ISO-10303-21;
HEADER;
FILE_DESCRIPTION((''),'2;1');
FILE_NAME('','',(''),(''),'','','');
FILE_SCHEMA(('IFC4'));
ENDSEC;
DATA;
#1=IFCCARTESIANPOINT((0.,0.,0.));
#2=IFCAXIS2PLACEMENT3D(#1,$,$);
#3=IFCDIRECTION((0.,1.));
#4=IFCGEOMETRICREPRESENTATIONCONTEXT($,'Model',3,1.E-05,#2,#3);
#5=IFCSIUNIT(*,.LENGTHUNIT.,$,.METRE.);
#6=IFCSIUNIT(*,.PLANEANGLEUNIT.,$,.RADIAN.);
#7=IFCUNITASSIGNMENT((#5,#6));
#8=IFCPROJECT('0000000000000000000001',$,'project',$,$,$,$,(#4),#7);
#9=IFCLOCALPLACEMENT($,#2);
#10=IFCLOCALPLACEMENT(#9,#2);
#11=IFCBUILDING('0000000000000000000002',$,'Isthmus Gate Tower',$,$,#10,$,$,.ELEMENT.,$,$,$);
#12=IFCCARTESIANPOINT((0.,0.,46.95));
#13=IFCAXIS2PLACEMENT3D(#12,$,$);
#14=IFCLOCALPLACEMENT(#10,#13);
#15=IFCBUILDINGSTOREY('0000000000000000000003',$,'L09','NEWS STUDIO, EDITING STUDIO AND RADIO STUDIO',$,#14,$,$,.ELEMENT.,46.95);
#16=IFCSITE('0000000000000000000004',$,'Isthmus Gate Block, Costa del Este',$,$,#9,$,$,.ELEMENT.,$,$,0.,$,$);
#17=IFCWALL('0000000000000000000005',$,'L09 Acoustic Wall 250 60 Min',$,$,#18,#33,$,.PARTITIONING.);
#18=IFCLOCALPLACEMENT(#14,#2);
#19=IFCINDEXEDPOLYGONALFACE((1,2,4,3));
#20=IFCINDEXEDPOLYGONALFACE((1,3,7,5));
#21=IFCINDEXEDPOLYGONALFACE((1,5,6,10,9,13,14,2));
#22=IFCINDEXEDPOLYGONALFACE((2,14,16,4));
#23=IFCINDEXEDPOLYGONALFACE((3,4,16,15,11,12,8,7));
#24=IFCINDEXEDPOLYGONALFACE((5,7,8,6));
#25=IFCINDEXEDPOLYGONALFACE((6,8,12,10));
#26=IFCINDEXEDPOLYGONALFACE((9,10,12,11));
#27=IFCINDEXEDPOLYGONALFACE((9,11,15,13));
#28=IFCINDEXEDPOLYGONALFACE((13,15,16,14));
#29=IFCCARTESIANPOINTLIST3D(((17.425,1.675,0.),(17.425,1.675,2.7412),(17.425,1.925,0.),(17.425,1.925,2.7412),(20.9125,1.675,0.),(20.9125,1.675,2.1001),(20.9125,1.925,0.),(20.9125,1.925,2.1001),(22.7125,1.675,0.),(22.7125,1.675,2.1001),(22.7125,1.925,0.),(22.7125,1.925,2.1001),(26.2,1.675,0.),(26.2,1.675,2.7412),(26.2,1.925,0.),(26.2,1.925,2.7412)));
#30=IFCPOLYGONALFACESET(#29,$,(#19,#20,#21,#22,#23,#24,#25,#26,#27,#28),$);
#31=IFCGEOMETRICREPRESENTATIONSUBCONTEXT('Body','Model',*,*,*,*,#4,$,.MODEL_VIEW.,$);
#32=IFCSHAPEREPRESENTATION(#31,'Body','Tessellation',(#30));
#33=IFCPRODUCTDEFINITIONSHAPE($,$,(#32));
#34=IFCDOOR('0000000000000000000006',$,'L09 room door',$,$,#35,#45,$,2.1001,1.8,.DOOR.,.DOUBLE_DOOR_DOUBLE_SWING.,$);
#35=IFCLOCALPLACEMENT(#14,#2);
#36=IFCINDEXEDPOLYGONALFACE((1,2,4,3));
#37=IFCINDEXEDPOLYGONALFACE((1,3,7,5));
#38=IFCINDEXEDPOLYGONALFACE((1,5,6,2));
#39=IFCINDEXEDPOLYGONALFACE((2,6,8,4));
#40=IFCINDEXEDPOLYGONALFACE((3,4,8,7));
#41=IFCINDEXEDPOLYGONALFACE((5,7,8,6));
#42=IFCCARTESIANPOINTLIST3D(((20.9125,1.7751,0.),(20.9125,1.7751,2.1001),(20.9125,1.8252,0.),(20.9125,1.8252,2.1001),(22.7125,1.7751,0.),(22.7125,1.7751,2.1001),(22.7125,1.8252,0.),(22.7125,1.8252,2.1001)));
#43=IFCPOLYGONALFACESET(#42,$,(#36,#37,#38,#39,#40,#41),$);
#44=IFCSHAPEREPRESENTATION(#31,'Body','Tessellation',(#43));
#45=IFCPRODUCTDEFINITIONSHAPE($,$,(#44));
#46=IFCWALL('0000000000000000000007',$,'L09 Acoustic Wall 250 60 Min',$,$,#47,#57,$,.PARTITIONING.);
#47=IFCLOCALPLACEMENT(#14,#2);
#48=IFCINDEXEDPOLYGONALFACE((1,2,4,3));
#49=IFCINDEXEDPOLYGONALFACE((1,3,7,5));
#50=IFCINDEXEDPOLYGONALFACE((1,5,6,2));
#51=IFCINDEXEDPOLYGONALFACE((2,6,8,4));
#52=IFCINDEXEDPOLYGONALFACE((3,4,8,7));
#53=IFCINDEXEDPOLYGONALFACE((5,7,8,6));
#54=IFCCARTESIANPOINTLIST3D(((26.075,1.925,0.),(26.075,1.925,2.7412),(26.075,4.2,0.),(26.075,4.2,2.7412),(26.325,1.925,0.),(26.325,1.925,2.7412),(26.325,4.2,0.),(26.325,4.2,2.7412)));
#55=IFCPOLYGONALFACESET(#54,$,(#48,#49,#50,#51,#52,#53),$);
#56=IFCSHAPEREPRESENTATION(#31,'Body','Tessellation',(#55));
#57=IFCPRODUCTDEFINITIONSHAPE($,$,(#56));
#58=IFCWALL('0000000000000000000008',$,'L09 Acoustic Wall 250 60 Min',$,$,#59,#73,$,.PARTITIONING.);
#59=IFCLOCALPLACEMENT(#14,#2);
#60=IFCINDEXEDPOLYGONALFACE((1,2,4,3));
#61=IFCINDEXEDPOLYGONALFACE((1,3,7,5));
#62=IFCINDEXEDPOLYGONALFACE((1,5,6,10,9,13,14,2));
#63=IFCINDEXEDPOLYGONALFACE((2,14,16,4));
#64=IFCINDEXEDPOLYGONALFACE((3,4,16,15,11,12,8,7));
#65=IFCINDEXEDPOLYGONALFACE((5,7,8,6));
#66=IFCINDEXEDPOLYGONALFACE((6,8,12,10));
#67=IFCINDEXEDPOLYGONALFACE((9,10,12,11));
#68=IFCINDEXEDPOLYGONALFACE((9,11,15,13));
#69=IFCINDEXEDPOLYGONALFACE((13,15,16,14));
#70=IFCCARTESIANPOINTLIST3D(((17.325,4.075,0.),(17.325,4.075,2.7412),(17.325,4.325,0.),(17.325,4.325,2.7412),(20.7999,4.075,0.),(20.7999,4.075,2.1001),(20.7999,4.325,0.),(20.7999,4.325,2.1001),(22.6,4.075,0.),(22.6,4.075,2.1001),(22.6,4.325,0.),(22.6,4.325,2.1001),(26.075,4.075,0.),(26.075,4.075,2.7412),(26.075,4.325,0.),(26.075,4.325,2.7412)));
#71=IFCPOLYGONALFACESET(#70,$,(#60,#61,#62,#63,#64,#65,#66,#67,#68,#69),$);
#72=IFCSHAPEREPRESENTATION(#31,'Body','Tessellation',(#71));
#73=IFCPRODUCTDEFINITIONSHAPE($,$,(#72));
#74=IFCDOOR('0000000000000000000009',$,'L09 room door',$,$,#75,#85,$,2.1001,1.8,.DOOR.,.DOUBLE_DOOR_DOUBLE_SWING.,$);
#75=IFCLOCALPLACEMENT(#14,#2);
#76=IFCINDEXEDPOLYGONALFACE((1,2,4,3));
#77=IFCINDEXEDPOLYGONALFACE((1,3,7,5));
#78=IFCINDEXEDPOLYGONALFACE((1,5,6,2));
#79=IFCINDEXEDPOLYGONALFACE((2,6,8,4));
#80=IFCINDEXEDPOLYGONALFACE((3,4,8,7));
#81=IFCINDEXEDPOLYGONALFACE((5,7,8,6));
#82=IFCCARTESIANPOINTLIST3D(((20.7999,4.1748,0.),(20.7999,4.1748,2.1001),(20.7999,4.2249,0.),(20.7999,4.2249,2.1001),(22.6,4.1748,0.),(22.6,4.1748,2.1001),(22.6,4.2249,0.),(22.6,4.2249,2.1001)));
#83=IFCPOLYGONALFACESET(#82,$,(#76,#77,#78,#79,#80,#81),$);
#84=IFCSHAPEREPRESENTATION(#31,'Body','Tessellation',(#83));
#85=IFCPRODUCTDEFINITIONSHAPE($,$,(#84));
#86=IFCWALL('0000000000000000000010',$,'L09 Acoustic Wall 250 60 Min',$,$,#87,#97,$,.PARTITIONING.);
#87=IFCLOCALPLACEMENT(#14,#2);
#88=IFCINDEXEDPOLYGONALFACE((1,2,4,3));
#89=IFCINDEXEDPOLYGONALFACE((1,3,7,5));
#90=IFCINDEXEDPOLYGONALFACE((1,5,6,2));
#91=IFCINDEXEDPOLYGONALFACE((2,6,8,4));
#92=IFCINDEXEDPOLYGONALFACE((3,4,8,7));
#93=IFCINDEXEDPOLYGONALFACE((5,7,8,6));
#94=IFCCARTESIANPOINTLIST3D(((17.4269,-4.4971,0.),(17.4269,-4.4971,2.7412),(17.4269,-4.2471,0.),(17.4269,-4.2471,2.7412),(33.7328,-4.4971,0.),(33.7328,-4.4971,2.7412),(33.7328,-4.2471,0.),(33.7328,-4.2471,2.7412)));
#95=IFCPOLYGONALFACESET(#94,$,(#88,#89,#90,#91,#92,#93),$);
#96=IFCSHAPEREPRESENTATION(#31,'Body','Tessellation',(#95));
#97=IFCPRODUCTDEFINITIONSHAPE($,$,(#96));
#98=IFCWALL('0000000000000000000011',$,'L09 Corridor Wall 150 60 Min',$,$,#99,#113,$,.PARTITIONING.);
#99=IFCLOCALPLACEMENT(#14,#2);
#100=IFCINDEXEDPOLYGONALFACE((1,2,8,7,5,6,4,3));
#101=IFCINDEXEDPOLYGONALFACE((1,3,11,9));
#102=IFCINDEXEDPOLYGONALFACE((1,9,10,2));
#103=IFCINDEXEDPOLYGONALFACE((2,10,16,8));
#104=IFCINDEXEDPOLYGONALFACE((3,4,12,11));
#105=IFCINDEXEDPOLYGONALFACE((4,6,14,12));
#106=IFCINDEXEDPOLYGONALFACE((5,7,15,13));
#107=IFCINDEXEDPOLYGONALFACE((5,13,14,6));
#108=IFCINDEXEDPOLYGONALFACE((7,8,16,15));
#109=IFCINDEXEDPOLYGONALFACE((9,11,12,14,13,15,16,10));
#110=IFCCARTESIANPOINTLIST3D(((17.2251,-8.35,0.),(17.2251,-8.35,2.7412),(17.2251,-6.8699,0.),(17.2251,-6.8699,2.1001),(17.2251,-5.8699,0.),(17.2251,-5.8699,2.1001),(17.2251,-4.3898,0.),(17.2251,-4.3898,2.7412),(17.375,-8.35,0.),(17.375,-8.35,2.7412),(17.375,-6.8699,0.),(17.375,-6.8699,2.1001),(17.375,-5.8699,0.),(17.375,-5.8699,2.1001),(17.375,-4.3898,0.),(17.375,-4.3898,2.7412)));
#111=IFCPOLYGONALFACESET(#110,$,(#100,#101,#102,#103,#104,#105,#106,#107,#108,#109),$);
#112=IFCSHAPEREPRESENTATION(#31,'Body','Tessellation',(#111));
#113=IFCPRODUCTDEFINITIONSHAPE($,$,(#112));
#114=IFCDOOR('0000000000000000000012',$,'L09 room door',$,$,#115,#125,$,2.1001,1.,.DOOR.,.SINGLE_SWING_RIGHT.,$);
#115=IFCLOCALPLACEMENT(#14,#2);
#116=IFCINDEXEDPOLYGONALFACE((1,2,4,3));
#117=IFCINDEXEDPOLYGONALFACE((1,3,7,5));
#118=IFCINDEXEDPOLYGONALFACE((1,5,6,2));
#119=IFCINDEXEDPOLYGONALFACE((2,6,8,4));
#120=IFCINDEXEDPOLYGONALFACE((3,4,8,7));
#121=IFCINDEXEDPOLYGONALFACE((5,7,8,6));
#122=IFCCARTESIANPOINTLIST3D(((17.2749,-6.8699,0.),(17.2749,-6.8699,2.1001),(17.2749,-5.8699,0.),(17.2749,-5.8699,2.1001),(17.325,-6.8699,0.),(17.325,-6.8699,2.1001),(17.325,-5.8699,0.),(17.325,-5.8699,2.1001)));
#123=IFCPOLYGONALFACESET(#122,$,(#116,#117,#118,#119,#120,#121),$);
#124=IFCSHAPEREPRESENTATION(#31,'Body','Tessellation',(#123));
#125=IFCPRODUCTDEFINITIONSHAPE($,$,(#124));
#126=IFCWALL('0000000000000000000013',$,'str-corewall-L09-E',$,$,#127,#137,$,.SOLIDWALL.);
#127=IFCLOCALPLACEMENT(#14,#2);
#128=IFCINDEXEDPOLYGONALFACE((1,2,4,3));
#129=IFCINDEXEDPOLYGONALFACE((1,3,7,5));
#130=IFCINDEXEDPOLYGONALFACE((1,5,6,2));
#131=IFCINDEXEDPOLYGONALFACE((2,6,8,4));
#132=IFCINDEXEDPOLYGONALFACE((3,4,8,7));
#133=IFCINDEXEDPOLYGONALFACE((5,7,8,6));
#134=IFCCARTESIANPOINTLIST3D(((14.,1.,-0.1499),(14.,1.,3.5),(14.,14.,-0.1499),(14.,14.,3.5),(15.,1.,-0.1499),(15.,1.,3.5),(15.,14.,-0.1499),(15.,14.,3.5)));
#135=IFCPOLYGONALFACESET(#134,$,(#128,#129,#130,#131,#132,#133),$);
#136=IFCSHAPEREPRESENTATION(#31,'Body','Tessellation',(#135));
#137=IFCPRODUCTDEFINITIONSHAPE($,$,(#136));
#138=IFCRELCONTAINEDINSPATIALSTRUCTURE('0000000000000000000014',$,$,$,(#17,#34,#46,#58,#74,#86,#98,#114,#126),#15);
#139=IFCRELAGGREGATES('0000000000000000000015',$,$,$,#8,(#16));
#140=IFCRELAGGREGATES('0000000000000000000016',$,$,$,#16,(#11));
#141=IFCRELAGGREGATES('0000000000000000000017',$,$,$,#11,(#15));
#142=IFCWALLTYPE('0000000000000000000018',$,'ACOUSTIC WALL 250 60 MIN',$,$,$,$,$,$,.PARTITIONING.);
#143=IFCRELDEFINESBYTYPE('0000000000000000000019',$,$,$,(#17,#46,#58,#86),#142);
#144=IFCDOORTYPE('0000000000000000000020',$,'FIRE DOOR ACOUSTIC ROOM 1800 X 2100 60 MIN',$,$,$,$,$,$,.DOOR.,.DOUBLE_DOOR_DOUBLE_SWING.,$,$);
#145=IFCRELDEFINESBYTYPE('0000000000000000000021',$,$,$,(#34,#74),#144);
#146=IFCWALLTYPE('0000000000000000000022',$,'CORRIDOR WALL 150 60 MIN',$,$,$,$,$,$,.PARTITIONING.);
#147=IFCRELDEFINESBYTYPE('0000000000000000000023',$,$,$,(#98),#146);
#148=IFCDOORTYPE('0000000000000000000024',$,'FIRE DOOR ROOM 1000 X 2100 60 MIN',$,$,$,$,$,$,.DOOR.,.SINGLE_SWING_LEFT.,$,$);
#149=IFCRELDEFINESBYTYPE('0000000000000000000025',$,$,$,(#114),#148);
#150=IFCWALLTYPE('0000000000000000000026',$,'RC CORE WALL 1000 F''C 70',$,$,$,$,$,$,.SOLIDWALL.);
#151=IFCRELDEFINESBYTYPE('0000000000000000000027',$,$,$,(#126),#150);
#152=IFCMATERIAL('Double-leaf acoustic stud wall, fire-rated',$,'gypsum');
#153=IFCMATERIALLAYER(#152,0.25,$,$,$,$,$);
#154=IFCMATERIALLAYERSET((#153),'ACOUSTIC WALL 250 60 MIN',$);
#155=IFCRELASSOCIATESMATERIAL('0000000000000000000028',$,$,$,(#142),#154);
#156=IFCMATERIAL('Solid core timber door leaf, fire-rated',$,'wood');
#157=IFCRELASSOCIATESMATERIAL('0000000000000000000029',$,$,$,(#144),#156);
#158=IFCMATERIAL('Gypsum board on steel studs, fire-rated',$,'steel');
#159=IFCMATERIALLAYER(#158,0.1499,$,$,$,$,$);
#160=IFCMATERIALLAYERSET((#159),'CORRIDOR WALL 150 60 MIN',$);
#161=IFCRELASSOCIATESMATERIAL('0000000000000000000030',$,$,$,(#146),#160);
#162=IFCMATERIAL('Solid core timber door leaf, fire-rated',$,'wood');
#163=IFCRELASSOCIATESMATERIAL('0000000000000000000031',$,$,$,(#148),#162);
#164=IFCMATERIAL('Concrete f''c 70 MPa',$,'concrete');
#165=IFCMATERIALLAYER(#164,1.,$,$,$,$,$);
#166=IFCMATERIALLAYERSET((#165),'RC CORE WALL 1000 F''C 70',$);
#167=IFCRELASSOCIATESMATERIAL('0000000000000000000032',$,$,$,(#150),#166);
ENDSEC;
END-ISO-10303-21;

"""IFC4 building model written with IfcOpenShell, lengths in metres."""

from ifc_helpers import new_model, si_unit, direction, frame, frame_2d, origin, place, context, subcontext, project, spatial, rectangle, extrude, material, layer, layer_set, type_object, element, fill, save


model = new_model("IFC4")

# Units and contexts
model_context = context("Model", 3, precision=1e-05, world=origin(), true_north=direction((0.0, 1.0)))
body_context = subcontext(model_context, "Body", "Model", "MODEL_VIEW")
ifc_project = project(units=[si_unit("LENGTHUNIT", "METRE"), si_unit("PLANEANGLEUNIT", "RADIAN")], contexts=[model_context])

# Site, building, storey
site_placement = place(None, origin())
site = spatial("IfcSite", under=ifc_project, at=site_placement, Name="Isthmus Gate Block, Costa del Este", CompositionType="ELEMENT", RefElevation=0.0)
building_placement = place(site_placement, origin())
building = spatial("IfcBuilding", under=site, at=building_placement, Name="Isthmus Gate Tower", CompositionType="ELEMENT")
storey_placement = place(building_placement, frame((0.0, 0.0, 46.95)))
storey = spatial("IfcBuildingStorey", under=building, at=storey_placement, Name="L09", Description="NEWS STUDIO, EDITING STUDIO AND RADIO STUDIO", CompositionType="ELEMENT", Elevation=46.95)

# Shared definitions
ifc_material_1 = material(Name="Double-leaf acoustic stud wall, fire-rated", Category="gypsum")
ifc_layer_1 = layer(ifc_material_1, 0.25)
ifc_layer_set_1 = layer_set([ifc_layer_1], Name="ACOUSTIC WALL 250 60 MIN")
wall_type_1 = type_object("IfcWallType", Name="ACOUSTIC WALL 250 60 MIN", PredefinedType="PARTITIONING", material=ifc_layer_set_1)
ifc_material_2 = material(Name="Solid core timber door leaf, fire-rated", Category="wood")
door_type_1 = type_object("IfcDoorType", Name="FIRE DOOR ACOUSTIC ROOM 1800 X 2100 60 MIN", OperationType="DOUBLE_DOOR_DOUBLE_SWING", PredefinedType="DOOR", material=ifc_material_2)

# Wall, opening, door
wall_1_placement = place(storey_placement, frame((26.2, 1.8, 0.0), z_axis=(0.0, 0.0, 1.0), x_axis=(-1.0, 0.0, 0.0)))
wall_1 = element("IfcWall", 1, at=wall_1_placement, inside=storey, type_object=wall_type_1, Name="L09 Acoustic Wall 250 60 Min", PredefinedType="PARTITIONING", context=body_context, shape_type="SweptSolid", body=[
    extrude(rectangle(XDim=8.7749, YDim=0.25, at=frame_2d((4.3875, 0.0))), origin(), (0.0, 0.0, 1.0), 2.7412),
])
opening_1_placement = place(wall_1_placement, frame((3.4875, 0.0, 0.0)))
opening_1 = element("IfcOpeningElement", 2, at=opening_1_placement, cuts=wall_1, PredefinedType="OPENING", context=body_context, shape_type="SweptSolid", body=[
    extrude(rectangle(XDim=1.8, YDim=2.1001, at=frame_2d((0.8999, 1.05))), frame((0.0, 0.135, 0.0), z_axis=(0.0, -1.0, 0.0), x_axis=(1.0, 0.0, 0.0)), (0.0, 0.0, 1.0), 0.27),
])
door_1_placement = place(opening_1_placement, origin())
door_1 = element("IfcDoor", 3, at=door_1_placement, inside=storey, type_object=door_type_1, Name="L09 room door", OperationType="DOUBLE_DOOR_DOUBLE_SWING", OverallHeight=2.1001, OverallWidth=1.8, PredefinedType="DOOR", context=body_context, shape_type="SweptSolid", body=[
    extrude(rectangle(XDim=1.8, YDim=2.1001, at=frame_2d((0.8999, 1.05))), frame((0.0, 0.0249, 0.0), z_axis=(0.0, -1.0, 0.0), x_axis=(1.0, 0.0, 0.0)), (0.0, 0.0, 1.0), 0.05),
])
fill(opening_1, door_1)

# Wall
wall_2_placement = place(storey_placement, frame((26.2, 4.2, 0.0), z_axis=(0.0, 0.0, 1.0), x_axis=(0.0, -1.0, 0.0)))
element("IfcWall", 4, at=wall_2_placement, inside=storey, type_object=wall_type_1, Name="L09 Acoustic Wall 250 60 Min", PredefinedType="PARTITIONING", context=body_context, shape_type="SweptSolid", body=[
    extrude(rectangle(XDim=2.2749, YDim=0.25, at=frame_2d((1.1375, 0.0))), origin(), (0.0, 0.0, 1.0), 2.7412),
])

# Wall, opening, door
wall_3_placement = place(storey_placement, frame((17.325, 4.2, 0.0), z_axis=(0.0, 0.0, 1.0), x_axis=(1.0, 0.0, 0.0)))
wall_3 = element("IfcWall", 5, at=wall_3_placement, inside=storey, type_object=wall_type_1, Name="L09 Acoustic Wall 250 60 Min", PredefinedType="PARTITIONING", context=body_context, shape_type="SweptSolid", body=[
    extrude(rectangle(XDim=8.75, YDim=0.25, at=frame_2d((4.375, 0.0))), origin(), (0.0, 0.0, 1.0), 2.7412),
])
opening_2_placement = place(wall_3_placement, frame((3.4751, 0.0, 0.0)))
opening_2 = element("IfcOpeningElement", 6, at=opening_2_placement, cuts=wall_3, PredefinedType="OPENING", context=body_context, shape_type="SweptSolid", body=[
    extrude(rectangle(XDim=1.8, YDim=2.1001, at=frame_2d((0.8999, 1.05))), frame((0.0, 0.135, 0.0), z_axis=(0.0, -1.0, 0.0), x_axis=(1.0, 0.0, 0.0)), (0.0, 0.0, 1.0), 0.27),
])
door_2_placement = place(opening_2_placement, origin())
door_2 = element("IfcDoor", 7, at=door_2_placement, inside=storey, type_object=door_type_1, Name="L09 room door", OperationType="DOUBLE_DOOR_DOUBLE_SWING", OverallHeight=2.1001, OverallWidth=1.8, PredefinedType="DOOR", context=body_context, shape_type="SweptSolid", body=[
    extrude(rectangle(XDim=1.8, YDim=2.1001, at=frame_2d((0.8999, 1.05))), frame((0.0, 0.0249, 0.0), z_axis=(0.0, -1.0, 0.0), x_axis=(1.0, 0.0, 0.0)), (0.0, 0.0, 1.0), 0.05),
])
fill(opening_2, door_2)

# Wall
wall_4_placement = place(storey_placement, frame((17.427, -4.3721, 0.0), z_axis=(0.0, 0.0, 1.0), x_axis=(1.0, 0.0, 0.0)))
element("IfcWall", 8, at=wall_4_placement, inside=storey, type_object=wall_type_1, Name="L09 Acoustic Wall 250 60 Min", PredefinedType="PARTITIONING", context=body_context, shape_type="SweptSolid", body=[
    extrude(rectangle(XDim=16.3059, YDim=0.25, at=frame_2d((8.1528, 0.0))), origin(), (0.0, 0.0, 1.0), 2.7412),
])

# Wall, opening, door
ifc_material_3 = material(Name="Gypsum board on steel studs, fire-rated", Category="steel")
ifc_layer_2 = layer(ifc_material_3, 0.1499)
ifc_layer_set_2 = layer_set([ifc_layer_2], Name="CORRIDOR WALL 150 60 MIN")
wall_type_2 = type_object("IfcWallType", Name="CORRIDOR WALL 150 60 MIN", PredefinedType="PARTITIONING", material=ifc_layer_set_2)
wall_5_placement = place(storey_placement, frame((17.3, -4.3899, 0.0), z_axis=(0.0, 0.0, 1.0), x_axis=(0.0, -1.0, 0.0)))
wall_5 = element("IfcWall", 9, at=wall_5_placement, inside=storey, type_object=wall_type_2, Name="L09 Corridor Wall 150 60 Min", PredefinedType="PARTITIONING", context=body_context, shape_type="SweptSolid", body=[
    extrude(rectangle(XDim=3.9602, YDim=0.1499, at=frame_2d((1.98, 0.0))), origin(), (0.0, 0.0, 1.0), 2.7412),
])
opening_3_placement = place(wall_5_placement, frame((1.48, 0.0, 0.0)))
opening_3 = element("IfcOpeningElement", 10, at=opening_3_placement, cuts=wall_5, PredefinedType="OPENING", context=body_context, shape_type="SweptSolid", body=[
    extrude(rectangle(XDim=1.0, YDim=2.1001, at=frame_2d((0.5, 1.05))), frame((0.0, 0.085, 0.0), z_axis=(0.0, -1.0, 0.0), x_axis=(1.0, 0.0, 0.0)), (0.0, 0.0, 1.0), 0.1699),
])
ifc_material_4 = material(Name="Solid core timber door leaf, fire-rated", Category="wood")
door_type_2 = type_object("IfcDoorType", Name="FIRE DOOR ROOM 1000 X 2100 60 MIN", OperationType="SINGLE_SWING_LEFT", PredefinedType="DOOR", material=ifc_material_4)
door_3_placement = place(opening_3_placement, origin())
door_3 = element("IfcDoor", 11, at=door_3_placement, inside=storey, type_object=door_type_2, Name="L09 room door", OperationType="SINGLE_SWING_RIGHT", OverallHeight=2.1001, OverallWidth=1.0, PredefinedType="DOOR", context=body_context, shape_type="SweptSolid", body=[
    extrude(rectangle(XDim=1.0, YDim=2.1001, at=frame_2d((0.5, 1.05))), frame((0.0, 0.0249, 0.0), z_axis=(0.0, -1.0, 0.0), x_axis=(1.0, 0.0, 0.0)), (0.0, 0.0, 1.0), 0.05),
])
fill(opening_3, door_3)

# Wall
ifc_material_5 = material(Name="Concrete f'c 70 MPa", Category="concrete")
ifc_layer_3 = layer(ifc_material_5, 1.0)
ifc_layer_set_3 = layer_set([ifc_layer_3], Name="RC CORE WALL 1000 F'C 70")
wall_type_3 = type_object("IfcWallType", Name="RC CORE WALL 1000 F'C 70", PredefinedType="SOLIDWALL", material=ifc_layer_set_3)
wall_6_placement = place(storey_placement, frame((14.5, 1.0, -0.1499), z_axis=(0.0, 0.0, 1.0), x_axis=(0.0, 1.0, 0.0)))
element("IfcWall", 12, at=wall_6_placement, inside=storey, type_object=wall_type_3, Name="str-corewall-L09-E", PredefinedType="SOLIDWALL", context=body_context, shape_type="SweptSolid", body=[
    extrude(rectangle(XDim=13.0, YDim=1.0, at=frame_2d((6.5, 0.0))), origin(), (0.0, 0.0, 1.0), 3.6499),
])

save(model, "model.ifc")
